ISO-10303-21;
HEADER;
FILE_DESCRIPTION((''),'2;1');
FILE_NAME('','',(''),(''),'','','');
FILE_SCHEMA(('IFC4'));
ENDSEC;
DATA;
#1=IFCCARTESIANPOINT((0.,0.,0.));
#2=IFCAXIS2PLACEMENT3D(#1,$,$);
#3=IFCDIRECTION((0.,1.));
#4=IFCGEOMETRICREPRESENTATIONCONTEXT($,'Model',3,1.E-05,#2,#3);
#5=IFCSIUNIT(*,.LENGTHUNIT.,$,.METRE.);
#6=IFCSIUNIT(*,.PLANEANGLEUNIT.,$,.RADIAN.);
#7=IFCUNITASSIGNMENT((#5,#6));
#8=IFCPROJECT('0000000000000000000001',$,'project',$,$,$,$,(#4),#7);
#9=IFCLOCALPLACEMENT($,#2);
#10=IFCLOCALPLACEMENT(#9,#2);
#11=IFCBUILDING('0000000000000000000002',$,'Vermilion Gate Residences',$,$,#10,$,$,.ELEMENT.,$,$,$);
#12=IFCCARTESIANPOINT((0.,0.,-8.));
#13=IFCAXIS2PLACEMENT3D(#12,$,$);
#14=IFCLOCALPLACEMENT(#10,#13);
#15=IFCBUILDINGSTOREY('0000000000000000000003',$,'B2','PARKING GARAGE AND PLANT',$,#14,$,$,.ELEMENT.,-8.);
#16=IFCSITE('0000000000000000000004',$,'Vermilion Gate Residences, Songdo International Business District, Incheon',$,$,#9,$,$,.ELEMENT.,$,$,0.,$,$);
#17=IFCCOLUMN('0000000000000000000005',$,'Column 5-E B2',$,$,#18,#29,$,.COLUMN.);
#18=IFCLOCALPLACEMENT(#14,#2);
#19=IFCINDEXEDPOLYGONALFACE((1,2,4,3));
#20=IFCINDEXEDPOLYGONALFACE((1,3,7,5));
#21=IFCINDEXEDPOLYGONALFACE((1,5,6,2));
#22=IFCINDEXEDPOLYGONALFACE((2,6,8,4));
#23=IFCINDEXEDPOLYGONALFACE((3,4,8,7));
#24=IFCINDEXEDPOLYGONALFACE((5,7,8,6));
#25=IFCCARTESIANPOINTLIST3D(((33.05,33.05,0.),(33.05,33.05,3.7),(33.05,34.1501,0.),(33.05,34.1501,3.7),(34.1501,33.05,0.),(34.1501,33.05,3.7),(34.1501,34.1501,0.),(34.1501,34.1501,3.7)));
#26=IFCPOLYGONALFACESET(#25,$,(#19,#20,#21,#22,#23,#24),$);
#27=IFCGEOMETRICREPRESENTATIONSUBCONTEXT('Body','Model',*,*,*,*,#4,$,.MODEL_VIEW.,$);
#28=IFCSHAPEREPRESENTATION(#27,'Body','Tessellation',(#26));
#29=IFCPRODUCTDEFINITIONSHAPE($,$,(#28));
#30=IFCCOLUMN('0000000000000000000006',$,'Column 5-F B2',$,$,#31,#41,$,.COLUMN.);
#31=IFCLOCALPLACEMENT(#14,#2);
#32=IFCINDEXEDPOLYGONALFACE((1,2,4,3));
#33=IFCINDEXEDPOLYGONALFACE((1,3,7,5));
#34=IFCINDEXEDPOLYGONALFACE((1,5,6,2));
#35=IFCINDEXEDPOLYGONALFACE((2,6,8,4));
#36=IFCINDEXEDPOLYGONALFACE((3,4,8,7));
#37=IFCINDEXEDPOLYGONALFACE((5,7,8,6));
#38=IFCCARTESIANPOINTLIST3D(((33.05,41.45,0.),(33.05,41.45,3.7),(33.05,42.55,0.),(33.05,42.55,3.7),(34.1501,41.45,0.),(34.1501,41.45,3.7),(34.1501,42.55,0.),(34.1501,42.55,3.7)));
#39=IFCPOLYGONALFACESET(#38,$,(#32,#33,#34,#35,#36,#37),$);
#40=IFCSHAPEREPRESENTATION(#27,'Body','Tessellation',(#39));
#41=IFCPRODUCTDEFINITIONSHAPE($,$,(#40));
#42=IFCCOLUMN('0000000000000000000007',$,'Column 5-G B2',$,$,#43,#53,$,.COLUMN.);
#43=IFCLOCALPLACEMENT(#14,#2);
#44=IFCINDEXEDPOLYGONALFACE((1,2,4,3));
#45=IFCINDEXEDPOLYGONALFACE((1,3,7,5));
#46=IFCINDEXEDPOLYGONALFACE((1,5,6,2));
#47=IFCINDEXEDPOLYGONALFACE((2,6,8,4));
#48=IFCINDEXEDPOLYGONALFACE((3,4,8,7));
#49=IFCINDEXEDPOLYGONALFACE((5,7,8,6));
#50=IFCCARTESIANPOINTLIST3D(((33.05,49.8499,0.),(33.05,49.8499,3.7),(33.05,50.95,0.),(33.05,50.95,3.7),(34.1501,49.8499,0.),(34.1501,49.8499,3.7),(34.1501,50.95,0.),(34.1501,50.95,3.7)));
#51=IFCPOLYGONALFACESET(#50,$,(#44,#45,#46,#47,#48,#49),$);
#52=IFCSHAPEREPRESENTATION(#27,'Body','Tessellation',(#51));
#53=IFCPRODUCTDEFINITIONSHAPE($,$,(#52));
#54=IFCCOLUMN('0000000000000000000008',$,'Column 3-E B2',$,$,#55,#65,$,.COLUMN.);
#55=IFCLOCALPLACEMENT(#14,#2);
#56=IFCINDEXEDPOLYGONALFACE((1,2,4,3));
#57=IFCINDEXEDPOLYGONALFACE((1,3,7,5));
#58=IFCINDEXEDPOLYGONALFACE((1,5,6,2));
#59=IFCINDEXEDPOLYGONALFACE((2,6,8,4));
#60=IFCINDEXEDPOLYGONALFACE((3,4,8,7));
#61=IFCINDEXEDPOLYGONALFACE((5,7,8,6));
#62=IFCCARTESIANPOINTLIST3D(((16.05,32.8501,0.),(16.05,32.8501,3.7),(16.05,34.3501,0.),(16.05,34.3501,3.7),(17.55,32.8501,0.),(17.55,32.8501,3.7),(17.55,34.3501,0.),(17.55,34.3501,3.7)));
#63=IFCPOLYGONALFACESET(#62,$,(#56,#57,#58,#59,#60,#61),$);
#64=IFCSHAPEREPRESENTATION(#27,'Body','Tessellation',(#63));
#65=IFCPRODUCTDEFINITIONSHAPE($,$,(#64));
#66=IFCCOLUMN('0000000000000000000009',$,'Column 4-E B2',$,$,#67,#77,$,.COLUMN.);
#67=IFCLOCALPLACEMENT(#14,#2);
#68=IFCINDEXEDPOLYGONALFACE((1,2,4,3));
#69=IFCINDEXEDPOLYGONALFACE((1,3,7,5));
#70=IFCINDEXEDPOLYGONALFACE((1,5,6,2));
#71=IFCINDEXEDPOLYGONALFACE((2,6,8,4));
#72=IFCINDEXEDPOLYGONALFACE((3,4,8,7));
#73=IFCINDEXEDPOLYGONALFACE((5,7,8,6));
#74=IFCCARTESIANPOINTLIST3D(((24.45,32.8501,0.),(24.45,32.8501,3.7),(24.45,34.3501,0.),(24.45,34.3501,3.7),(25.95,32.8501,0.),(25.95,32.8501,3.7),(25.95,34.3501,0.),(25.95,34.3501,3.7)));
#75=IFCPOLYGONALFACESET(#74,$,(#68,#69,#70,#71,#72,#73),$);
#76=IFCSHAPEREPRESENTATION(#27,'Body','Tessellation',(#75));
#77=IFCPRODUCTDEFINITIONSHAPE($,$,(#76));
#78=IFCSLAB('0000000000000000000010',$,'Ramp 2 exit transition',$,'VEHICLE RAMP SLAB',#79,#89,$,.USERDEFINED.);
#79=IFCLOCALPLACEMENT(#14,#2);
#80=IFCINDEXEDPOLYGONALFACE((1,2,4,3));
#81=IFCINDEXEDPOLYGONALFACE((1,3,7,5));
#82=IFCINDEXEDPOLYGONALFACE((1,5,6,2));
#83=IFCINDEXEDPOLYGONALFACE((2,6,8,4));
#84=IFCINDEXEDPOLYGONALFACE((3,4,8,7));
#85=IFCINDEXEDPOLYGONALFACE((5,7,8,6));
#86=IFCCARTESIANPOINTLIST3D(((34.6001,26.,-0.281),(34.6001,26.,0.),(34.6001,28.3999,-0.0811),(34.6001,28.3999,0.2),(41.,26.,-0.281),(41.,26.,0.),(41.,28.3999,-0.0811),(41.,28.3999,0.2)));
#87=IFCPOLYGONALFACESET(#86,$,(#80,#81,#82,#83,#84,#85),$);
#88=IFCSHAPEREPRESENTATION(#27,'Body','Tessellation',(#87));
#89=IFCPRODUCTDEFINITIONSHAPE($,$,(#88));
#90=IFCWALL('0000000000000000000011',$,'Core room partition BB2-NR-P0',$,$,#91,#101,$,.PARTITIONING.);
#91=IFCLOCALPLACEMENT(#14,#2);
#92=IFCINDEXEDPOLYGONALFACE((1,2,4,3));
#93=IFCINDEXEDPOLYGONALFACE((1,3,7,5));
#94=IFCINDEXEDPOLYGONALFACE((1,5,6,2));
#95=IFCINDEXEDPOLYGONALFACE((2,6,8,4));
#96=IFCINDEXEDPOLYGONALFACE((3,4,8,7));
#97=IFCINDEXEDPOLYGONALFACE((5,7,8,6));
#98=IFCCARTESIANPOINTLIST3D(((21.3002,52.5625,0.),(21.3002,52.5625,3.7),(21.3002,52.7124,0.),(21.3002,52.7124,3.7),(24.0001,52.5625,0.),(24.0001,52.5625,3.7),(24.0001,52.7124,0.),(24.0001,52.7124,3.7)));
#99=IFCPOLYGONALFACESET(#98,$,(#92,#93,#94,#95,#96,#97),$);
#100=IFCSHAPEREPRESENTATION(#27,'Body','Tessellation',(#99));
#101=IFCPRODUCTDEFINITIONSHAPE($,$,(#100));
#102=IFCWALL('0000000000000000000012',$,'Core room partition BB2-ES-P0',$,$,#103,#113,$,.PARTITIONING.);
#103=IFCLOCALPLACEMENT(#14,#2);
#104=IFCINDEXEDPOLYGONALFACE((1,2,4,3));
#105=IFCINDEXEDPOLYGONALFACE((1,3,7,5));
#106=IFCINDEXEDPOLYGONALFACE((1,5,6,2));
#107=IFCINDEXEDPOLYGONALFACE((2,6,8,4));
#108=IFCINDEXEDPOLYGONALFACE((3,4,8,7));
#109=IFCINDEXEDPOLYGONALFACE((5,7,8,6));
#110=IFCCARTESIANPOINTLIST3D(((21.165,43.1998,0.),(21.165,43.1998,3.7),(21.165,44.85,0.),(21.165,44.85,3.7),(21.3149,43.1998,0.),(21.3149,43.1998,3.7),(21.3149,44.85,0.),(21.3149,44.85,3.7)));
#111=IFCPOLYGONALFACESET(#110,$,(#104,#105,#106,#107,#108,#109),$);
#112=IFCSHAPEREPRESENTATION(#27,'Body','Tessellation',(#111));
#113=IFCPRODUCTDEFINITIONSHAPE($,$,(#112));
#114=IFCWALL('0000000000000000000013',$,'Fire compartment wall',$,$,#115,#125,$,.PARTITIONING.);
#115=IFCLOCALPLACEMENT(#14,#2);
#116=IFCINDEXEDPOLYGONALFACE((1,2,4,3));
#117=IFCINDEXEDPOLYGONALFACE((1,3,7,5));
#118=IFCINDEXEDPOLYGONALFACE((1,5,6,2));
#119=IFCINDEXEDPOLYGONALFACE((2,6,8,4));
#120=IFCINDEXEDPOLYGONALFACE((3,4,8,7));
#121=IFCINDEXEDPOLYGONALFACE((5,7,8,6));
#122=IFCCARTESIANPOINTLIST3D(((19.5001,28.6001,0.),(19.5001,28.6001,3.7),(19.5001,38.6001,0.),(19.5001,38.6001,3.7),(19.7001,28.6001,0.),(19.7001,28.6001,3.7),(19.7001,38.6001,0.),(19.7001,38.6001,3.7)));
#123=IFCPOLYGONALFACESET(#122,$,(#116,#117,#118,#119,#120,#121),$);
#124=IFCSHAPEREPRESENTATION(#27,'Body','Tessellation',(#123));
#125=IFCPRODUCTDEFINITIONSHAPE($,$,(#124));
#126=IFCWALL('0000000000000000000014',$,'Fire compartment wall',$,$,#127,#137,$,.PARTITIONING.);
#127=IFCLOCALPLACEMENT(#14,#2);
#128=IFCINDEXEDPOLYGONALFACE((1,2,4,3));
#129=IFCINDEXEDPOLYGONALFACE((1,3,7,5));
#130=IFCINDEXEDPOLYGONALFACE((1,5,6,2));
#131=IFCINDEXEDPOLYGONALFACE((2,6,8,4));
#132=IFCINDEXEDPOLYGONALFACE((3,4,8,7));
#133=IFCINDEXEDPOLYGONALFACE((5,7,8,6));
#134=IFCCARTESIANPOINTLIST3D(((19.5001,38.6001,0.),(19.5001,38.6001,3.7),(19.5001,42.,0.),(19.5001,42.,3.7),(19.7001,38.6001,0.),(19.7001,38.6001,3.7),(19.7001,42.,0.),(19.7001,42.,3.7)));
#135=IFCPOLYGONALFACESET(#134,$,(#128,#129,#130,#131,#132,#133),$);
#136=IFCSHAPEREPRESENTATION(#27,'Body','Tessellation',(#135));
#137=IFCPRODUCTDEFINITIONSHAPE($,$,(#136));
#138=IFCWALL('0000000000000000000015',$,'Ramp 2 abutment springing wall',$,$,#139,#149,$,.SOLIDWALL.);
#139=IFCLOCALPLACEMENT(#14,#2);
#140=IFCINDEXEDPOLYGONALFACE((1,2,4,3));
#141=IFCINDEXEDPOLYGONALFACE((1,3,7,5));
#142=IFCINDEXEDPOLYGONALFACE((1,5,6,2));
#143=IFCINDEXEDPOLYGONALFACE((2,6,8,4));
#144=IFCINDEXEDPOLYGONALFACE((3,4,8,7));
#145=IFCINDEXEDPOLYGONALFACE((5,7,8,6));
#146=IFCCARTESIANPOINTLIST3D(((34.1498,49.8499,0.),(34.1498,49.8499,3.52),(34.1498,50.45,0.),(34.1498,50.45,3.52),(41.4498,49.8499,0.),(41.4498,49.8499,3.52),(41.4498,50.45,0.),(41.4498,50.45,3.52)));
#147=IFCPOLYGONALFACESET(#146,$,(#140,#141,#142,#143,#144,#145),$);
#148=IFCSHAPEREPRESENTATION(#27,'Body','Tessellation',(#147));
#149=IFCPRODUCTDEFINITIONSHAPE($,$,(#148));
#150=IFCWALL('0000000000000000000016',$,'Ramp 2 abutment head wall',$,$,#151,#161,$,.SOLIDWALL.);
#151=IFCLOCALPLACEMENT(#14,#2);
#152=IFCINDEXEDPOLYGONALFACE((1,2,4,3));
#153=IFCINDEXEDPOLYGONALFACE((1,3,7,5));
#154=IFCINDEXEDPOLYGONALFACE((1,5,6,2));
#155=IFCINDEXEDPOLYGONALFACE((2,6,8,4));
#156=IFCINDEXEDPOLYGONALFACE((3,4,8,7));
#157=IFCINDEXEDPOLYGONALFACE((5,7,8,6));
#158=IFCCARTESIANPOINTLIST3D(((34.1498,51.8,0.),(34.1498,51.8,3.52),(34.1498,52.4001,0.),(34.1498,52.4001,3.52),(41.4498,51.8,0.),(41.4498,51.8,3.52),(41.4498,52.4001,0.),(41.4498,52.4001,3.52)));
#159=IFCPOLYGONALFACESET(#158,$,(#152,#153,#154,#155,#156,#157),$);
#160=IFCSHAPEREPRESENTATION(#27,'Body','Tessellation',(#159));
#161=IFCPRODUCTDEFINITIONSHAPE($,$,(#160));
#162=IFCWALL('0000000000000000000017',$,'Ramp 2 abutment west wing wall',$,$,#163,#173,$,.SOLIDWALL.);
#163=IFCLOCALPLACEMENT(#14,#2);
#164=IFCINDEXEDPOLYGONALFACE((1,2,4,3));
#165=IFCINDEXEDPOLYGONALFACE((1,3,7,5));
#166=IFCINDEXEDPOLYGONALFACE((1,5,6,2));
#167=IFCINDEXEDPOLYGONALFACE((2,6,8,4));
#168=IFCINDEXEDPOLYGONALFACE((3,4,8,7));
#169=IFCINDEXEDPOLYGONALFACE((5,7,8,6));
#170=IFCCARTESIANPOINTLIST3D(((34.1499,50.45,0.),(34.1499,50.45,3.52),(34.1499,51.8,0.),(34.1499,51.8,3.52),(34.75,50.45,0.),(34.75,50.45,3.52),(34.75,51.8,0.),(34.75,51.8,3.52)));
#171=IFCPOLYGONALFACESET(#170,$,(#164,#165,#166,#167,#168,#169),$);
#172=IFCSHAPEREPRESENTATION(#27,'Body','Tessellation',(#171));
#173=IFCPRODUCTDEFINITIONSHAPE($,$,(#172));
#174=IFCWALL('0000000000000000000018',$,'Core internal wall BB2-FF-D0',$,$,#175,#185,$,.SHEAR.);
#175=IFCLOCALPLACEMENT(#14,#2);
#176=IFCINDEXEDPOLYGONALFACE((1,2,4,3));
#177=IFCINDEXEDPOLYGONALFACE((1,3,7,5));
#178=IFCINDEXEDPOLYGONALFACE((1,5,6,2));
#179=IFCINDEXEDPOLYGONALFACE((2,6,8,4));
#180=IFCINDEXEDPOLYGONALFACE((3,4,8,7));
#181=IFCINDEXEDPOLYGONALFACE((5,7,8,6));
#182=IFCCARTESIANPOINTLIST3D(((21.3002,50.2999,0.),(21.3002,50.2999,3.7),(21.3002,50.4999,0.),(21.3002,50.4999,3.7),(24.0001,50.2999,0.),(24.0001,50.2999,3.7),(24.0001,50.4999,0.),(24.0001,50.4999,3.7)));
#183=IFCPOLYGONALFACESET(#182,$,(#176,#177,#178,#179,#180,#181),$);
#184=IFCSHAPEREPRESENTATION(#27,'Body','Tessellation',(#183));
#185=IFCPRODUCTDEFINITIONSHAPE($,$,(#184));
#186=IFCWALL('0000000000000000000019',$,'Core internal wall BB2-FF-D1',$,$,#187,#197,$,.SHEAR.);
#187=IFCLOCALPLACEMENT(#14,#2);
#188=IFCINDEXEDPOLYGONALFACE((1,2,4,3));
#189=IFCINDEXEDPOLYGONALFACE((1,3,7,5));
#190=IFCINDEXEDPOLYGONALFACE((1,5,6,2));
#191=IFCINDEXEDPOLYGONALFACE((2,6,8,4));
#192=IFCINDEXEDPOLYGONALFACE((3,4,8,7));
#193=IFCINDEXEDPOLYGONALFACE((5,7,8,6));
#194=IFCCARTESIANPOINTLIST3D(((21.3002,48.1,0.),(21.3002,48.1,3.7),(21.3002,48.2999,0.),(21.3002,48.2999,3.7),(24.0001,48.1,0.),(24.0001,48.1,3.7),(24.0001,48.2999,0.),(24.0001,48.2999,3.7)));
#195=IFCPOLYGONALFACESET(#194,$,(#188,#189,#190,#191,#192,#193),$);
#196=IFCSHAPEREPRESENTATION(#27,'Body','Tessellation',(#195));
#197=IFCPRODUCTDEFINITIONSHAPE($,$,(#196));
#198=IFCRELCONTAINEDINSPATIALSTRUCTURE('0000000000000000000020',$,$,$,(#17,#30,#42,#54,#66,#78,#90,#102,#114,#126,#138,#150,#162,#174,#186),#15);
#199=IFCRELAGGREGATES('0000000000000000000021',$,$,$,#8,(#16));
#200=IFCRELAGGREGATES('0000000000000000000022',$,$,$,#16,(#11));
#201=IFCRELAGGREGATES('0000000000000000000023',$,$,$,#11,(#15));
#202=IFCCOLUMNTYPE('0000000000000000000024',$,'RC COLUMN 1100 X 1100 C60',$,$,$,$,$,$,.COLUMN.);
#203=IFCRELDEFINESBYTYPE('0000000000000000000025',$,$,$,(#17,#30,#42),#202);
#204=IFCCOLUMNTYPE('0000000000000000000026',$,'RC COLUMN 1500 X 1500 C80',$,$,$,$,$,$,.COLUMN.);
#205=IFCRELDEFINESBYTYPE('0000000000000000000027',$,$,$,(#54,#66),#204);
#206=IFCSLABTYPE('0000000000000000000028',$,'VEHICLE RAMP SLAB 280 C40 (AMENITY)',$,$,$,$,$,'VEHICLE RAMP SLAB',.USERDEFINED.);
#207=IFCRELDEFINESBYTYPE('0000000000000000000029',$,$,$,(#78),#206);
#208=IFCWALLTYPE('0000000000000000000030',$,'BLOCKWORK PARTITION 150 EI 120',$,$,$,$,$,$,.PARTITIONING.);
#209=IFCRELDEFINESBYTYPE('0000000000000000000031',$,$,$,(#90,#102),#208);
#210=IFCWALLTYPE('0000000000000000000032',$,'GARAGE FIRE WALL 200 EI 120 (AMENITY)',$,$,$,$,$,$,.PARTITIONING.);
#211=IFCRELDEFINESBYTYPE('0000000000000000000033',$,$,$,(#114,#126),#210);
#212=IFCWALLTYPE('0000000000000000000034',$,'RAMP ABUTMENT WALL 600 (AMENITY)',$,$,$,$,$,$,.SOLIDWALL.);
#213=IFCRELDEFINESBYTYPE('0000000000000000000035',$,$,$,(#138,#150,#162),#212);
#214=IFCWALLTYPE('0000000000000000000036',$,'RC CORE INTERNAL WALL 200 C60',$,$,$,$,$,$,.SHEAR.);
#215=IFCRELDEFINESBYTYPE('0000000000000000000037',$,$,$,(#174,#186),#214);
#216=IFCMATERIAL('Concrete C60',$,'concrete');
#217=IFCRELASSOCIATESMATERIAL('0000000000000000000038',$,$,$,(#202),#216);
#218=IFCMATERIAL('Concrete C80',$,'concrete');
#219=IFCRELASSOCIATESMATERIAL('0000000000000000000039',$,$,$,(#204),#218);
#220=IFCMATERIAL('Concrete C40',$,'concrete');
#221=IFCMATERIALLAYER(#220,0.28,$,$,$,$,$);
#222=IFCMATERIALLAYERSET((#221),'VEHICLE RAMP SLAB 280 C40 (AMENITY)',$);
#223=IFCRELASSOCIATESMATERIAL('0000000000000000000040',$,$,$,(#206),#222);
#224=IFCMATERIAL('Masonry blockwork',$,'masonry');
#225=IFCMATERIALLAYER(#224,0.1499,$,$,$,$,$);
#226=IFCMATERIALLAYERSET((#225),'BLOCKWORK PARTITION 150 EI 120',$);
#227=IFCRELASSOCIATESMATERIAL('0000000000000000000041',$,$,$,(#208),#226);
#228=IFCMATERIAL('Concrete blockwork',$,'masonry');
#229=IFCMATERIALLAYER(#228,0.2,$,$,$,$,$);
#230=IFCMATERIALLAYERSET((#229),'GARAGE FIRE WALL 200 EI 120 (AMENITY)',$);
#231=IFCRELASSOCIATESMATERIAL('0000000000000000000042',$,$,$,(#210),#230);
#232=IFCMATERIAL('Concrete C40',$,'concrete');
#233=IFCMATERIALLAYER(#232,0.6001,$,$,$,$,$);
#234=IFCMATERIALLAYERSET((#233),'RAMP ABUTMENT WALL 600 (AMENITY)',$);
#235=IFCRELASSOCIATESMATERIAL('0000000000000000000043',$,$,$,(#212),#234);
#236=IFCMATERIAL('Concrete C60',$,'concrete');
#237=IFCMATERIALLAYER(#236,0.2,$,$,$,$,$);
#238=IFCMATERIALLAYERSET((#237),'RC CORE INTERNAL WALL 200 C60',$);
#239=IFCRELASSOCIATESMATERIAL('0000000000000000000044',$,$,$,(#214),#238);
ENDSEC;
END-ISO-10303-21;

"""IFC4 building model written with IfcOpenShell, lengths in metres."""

from ifc_helpers import new_model, si_unit, direction, frame, frame_2d, origin, origin_2d, place, context, subcontext, project, spatial, polyline, rectangle, outline, extrude, material, layer, layer_set, material_profile, profile_set, type_object, element, save


model = new_model("IFC4")

# Units and contexts
model_context = context("Model", 3, precision=1e-05, world=origin(), true_north=direction((0.0, 1.0)))
body_context = subcontext(model_context, "Body", "Model", "MODEL_VIEW")
ifc_project = project(units=[si_unit("LENGTHUNIT", "METRE"), si_unit("PLANEANGLEUNIT", "RADIAN")], contexts=[model_context])

# Site, building, storey
site_placement = place(None, origin())
site = spatial("IfcSite", under=ifc_project, at=site_placement, Name="Vermilion Gate Residences, Songdo International Business District, Incheon", CompositionType="ELEMENT", RefElevation=0.0)
building_placement = place(site_placement, origin())
building = spatial("IfcBuilding", under=site, at=building_placement, Name="Vermilion Gate Residences", CompositionType="ELEMENT")
storey_placement = place(building_placement, frame((0.0, 0.0, -8.0)))
storey = spatial("IfcBuildingStorey", under=building, at=storey_placement, Name="B2", Description="PARKING GARAGE AND PLANT", CompositionType="ELEMENT", Elevation=-8.0)

# Columns
ifc_material_1 = material(Name="Concrete C60", Category="concrete")
ifc_material_profile_1 = material_profile(ifc_material_1, rectangle(XDim=1.1001, YDim=1.1001, at=origin_2d()), Name="RC-1100x1100")
ifc_profile_set_1 = profile_set([ifc_material_profile_1], Name="Concrete C60")
column_type_1 = type_object("IfcColumnType", Name="RC COLUMN 1100 X 1100 C60", PredefinedType="COLUMN", material=ifc_profile_set_1)
for number, where, z_axis, x_axis, name in (
    (1, (33.6001, 33.6001, 0.0), (0.0, 0.0, 1.0), (1.0, 0.0, 0.0), "Column 5-E B2"),
    (2, (33.6001, 42.0, 0.0), (0.0, 0.0, 1.0), (1.0, 0.0, 0.0), "Column 5-F B2"),
    (3, (33.6001, 50.3999, 0.0), (0.0, 0.0, 1.0), (1.0, 0.0, 0.0), "Column 5-G B2"),
):
    element("IfcColumn", number, at=place(storey_placement, frame(where, z_axis=z_axis, x_axis=x_axis)), inside=storey, type_object=column_type_1, Name=name, PredefinedType="COLUMN", context=body_context, shape_type="SweptSolid", body=[
        extrude(rectangle(XDim=1.1001, YDim=1.1001, at=origin_2d()), origin(), (0.0, 0.0, 1.0), 3.7),
    ])
ifc_material_2 = material(Name="Concrete C80", Category="concrete")
ifc_material_profile_2 = material_profile(ifc_material_2, rectangle(XDim=1.5, YDim=1.5, at=origin_2d()), Name="RC-1500x1500")
ifc_profile_set_2 = profile_set([ifc_material_profile_2], Name="Concrete C80")
column_type_2 = type_object("IfcColumnType", Name="RC COLUMN 1500 X 1500 C80", PredefinedType="COLUMN", material=ifc_profile_set_2)
for number, where, z_axis, x_axis, name in (
    (4, (16.8, 33.6001, 0.0), (0.0, 0.0, 1.0), (1.0, 0.0, 0.0), "Column 3-E B2"),
    (5, (25.2, 33.6001, 0.0), (0.0, 0.0, 1.0), (1.0, 0.0, 0.0), "Column 4-E B2"),
):
    element("IfcColumn", number, at=place(storey_placement, frame(where, z_axis=z_axis, x_axis=x_axis)), inside=storey, type_object=column_type_2, Name=name, PredefinedType="COLUMN", context=body_context, shape_type="SweptSolid", body=[
        extrude(rectangle(XDim=1.5, YDim=1.5, at=origin_2d()), origin(), (0.0, 0.0, 1.0), 3.7),
    ])

# Slab
ifc_material_3 = material(Name="Concrete C40", Category="concrete")
ifc_layer_1 = layer(ifc_material_3, 0.28)
ifc_layer_set_1 = layer_set([ifc_layer_1], Name="VEHICLE RAMP SLAB 280 C40 (AMENITY)")
slab_type = type_object("IfcSlabType", Name="VEHICLE RAMP SLAB 280 C40 (AMENITY)", ElementType="VEHICLE RAMP SLAB", PredefinedType="USERDEFINED", material=ifc_layer_set_1)
slab_placement = place(storey_placement, frame((37.8, 28.3999, 0.2), z_axis=(0.0, 0.0, 1.0), x_axis=(0.0, -1.0, 0.0)))
element("IfcSlab", 6, at=slab_placement, inside=storey, type_object=slab_type, Name="Ramp 2 exit transition", ObjectType="VEHICLE RAMP SLAB", PredefinedType="USERDEFINED", context=body_context, shape_type="SweptSolid", body=[
    extrude(outline(polyline([(0.0, 0.0), (2.3999, -0.2), (2.3999, -0.481), (0.0, -0.281), (0.0, 0.0)])), frame((0.0, 3.2, 0.0), z_axis=(0.0, -1.0, 0.0), x_axis=(1.0, 0.0, 0.0)), (0.0, 0.0, 1.0), 6.3999),
])

# Walls
ifc_material_4 = material(Name="Masonry blockwork", Category="masonry")
ifc_layer_2 = layer(ifc_material_4, 0.1499)
ifc_layer_set_2 = layer_set([ifc_layer_2], Name="BLOCKWORK PARTITION 150 EI 120")
wall_type_1 = type_object("IfcWallType", Name="BLOCKWORK PARTITION 150 EI 120", PredefinedType="PARTITIONING", material=ifc_layer_set_2)
wall_1_placement = place(storey_placement, frame((21.3, 52.6375, 0.0), z_axis=(0.0, 0.0, 1.0), x_axis=(1.0, 0.0, 0.0)))
element("IfcWall", 7, at=wall_1_placement, inside=storey, type_object=wall_type_1, Name="Core room partition BB2-NR-P0", PredefinedType="PARTITIONING", context=body_context, shape_type="SweptSolid", body=[
    extrude(rectangle(XDim=2.7, YDim=0.1499, at=frame_2d((1.3501, 0.0))), origin(), (0.0, 0.0, 1.0), 3.7),
])
wall_2_placement = place(storey_placement, frame((21.24, 44.8501, 0.0), z_axis=(0.0, 0.0, 1.0), x_axis=(0.0, -1.0, 0.0)))
element("IfcWall", 8, at=wall_2_placement, inside=storey, type_object=wall_type_1, Name="Core room partition BB2-ES-P0", PredefinedType="PARTITIONING", context=body_context, shape_type="SweptSolid", body=[
    extrude(rectangle(XDim=1.6501, YDim=0.1499, at=frame_2d((0.8252, 0.0))), origin(), (0.0, 0.0, 1.0), 3.7),
])
ifc_material_5 = material(Name="Concrete blockwork", Category="masonry")
ifc_layer_3 = layer(ifc_material_5, 0.2)
ifc_layer_set_3 = layer_set([ifc_layer_3], Name="GARAGE FIRE WALL 200 EI 120 (AMENITY)")
wall_type_2 = type_object("IfcWallType", Name="GARAGE FIRE WALL 200 EI 120 (AMENITY)", PredefinedType="PARTITIONING", material=ifc_layer_set_3)
wall_3_placement = place(storey_placement, frame((19.6001, 28.6001, 0.0), z_axis=(0.0, 0.0, 1.0), x_axis=(0.0, 1.0, 0.0)))
element("IfcWall", 9, at=wall_3_placement, inside=storey, type_object=wall_type_2, Name="Fire compartment wall", PredefinedType="PARTITIONING", context=body_context, shape_type="SweptSolid", body=[
    extrude(rectangle(XDim=10.0, YDim=0.2, at=frame_2d((5.0, 0.0))), origin(), (0.0, 0.0, 1.0), 3.7),
])
wall_4_placement = place(storey_placement, frame((19.6001, 38.6001, 0.0), z_axis=(0.0, 0.0, 1.0), x_axis=(0.0, 1.0, 0.0)))
element("IfcWall", 10, at=wall_4_placement, inside=storey, type_object=wall_type_2, Name="Fire compartment wall", PredefinedType="PARTITIONING", context=body_context, shape_type="SweptSolid", body=[
    extrude(rectangle(XDim=3.3999, YDim=0.2, at=frame_2d((1.7, 0.0))), origin(), (0.0, 0.0, 1.0), 3.7),
])
ifc_material_6 = material(Name="Concrete C40", Category="concrete")
ifc_layer_4 = layer(ifc_material_6, 0.6001)
ifc_layer_set_4 = layer_set([ifc_layer_4], Name="RAMP ABUTMENT WALL 600 (AMENITY)")
wall_type_3 = type_object("IfcWallType", Name="RAMP ABUTMENT WALL 600 (AMENITY)", PredefinedType="SOLIDWALL", material=ifc_layer_set_4)
for number, where, z_axis, x_axis, name in (
    (11, (34.1499, 50.1499, 0.0), (0.0, 0.0, 1.0), (1.0, 0.0, 0.0), "Ramp 2 abutment springing wall"),
    (12, (34.1499, 52.1001, 0.0), (0.0, 0.0, 1.0), (1.0, 0.0, 0.0), "Ramp 2 abutment head wall"),
):
    element("IfcWall", number, at=place(storey_placement, frame(where, z_axis=z_axis, x_axis=x_axis)), inside=storey, type_object=wall_type_3, Name=name, PredefinedType="SOLIDWALL", context=body_context, shape_type="SweptSolid", body=[
        extrude(rectangle(XDim=7.3, YDim=0.6001, at=frame_2d((3.6499, 0.0))), origin(), (0.0, 0.0, 1.0), 3.52),
    ])
wall_5_placement = place(storey_placement, frame((34.45, 50.45, 0.0), z_axis=(0.0, 0.0, 1.0), x_axis=(0.0, 1.0, 0.0)))
element("IfcWall", 13, at=wall_5_placement, inside=storey, type_object=wall_type_3, Name="Ramp 2 abutment west wing wall", PredefinedType="SOLIDWALL", context=body_context, shape_type="SweptSolid", body=[
    extrude(rectangle(XDim=1.3501, YDim=0.6001, at=frame_2d((0.675, 0.0))), origin(), (0.0, 0.0, 1.0), 3.52),
])
ifc_material_7 = material(Name="Concrete C60", Category="concrete")
ifc_layer_5 = layer(ifc_material_7, 0.2)
ifc_layer_set_5 = layer_set([ifc_layer_5], Name="RC CORE INTERNAL WALL 200 C60")
wall_type_4 = type_object("IfcWallType", Name="RC CORE INTERNAL WALL 200 C60", PredefinedType="SHEAR", material=ifc_layer_set_5)
for number, where, z_axis, x_axis, name in (
    (14, (21.3, 50.3999, 0.0), (0.0, 0.0, 1.0), (1.0, 0.0, 0.0), "Core internal wall BB2-FF-D0"),
    (15, (21.3, 48.2, 0.0), (0.0, 0.0, 1.0), (1.0, 0.0, 0.0), "Core internal wall BB2-FF-D1"),
):
    element("IfcWall", number, at=place(storey_placement, frame(where, z_axis=z_axis, x_axis=x_axis)), inside=storey, type_object=wall_type_4, Name=name, PredefinedType="SHEAR", context=body_context, shape_type="SweptSolid", body=[
        extrude(rectangle(XDim=2.7, YDim=0.2, at=frame_2d((1.3501, 0.0))), origin(), (0.0, 0.0, 1.0), 3.7),
    ])

save(model, "model.ifc")
